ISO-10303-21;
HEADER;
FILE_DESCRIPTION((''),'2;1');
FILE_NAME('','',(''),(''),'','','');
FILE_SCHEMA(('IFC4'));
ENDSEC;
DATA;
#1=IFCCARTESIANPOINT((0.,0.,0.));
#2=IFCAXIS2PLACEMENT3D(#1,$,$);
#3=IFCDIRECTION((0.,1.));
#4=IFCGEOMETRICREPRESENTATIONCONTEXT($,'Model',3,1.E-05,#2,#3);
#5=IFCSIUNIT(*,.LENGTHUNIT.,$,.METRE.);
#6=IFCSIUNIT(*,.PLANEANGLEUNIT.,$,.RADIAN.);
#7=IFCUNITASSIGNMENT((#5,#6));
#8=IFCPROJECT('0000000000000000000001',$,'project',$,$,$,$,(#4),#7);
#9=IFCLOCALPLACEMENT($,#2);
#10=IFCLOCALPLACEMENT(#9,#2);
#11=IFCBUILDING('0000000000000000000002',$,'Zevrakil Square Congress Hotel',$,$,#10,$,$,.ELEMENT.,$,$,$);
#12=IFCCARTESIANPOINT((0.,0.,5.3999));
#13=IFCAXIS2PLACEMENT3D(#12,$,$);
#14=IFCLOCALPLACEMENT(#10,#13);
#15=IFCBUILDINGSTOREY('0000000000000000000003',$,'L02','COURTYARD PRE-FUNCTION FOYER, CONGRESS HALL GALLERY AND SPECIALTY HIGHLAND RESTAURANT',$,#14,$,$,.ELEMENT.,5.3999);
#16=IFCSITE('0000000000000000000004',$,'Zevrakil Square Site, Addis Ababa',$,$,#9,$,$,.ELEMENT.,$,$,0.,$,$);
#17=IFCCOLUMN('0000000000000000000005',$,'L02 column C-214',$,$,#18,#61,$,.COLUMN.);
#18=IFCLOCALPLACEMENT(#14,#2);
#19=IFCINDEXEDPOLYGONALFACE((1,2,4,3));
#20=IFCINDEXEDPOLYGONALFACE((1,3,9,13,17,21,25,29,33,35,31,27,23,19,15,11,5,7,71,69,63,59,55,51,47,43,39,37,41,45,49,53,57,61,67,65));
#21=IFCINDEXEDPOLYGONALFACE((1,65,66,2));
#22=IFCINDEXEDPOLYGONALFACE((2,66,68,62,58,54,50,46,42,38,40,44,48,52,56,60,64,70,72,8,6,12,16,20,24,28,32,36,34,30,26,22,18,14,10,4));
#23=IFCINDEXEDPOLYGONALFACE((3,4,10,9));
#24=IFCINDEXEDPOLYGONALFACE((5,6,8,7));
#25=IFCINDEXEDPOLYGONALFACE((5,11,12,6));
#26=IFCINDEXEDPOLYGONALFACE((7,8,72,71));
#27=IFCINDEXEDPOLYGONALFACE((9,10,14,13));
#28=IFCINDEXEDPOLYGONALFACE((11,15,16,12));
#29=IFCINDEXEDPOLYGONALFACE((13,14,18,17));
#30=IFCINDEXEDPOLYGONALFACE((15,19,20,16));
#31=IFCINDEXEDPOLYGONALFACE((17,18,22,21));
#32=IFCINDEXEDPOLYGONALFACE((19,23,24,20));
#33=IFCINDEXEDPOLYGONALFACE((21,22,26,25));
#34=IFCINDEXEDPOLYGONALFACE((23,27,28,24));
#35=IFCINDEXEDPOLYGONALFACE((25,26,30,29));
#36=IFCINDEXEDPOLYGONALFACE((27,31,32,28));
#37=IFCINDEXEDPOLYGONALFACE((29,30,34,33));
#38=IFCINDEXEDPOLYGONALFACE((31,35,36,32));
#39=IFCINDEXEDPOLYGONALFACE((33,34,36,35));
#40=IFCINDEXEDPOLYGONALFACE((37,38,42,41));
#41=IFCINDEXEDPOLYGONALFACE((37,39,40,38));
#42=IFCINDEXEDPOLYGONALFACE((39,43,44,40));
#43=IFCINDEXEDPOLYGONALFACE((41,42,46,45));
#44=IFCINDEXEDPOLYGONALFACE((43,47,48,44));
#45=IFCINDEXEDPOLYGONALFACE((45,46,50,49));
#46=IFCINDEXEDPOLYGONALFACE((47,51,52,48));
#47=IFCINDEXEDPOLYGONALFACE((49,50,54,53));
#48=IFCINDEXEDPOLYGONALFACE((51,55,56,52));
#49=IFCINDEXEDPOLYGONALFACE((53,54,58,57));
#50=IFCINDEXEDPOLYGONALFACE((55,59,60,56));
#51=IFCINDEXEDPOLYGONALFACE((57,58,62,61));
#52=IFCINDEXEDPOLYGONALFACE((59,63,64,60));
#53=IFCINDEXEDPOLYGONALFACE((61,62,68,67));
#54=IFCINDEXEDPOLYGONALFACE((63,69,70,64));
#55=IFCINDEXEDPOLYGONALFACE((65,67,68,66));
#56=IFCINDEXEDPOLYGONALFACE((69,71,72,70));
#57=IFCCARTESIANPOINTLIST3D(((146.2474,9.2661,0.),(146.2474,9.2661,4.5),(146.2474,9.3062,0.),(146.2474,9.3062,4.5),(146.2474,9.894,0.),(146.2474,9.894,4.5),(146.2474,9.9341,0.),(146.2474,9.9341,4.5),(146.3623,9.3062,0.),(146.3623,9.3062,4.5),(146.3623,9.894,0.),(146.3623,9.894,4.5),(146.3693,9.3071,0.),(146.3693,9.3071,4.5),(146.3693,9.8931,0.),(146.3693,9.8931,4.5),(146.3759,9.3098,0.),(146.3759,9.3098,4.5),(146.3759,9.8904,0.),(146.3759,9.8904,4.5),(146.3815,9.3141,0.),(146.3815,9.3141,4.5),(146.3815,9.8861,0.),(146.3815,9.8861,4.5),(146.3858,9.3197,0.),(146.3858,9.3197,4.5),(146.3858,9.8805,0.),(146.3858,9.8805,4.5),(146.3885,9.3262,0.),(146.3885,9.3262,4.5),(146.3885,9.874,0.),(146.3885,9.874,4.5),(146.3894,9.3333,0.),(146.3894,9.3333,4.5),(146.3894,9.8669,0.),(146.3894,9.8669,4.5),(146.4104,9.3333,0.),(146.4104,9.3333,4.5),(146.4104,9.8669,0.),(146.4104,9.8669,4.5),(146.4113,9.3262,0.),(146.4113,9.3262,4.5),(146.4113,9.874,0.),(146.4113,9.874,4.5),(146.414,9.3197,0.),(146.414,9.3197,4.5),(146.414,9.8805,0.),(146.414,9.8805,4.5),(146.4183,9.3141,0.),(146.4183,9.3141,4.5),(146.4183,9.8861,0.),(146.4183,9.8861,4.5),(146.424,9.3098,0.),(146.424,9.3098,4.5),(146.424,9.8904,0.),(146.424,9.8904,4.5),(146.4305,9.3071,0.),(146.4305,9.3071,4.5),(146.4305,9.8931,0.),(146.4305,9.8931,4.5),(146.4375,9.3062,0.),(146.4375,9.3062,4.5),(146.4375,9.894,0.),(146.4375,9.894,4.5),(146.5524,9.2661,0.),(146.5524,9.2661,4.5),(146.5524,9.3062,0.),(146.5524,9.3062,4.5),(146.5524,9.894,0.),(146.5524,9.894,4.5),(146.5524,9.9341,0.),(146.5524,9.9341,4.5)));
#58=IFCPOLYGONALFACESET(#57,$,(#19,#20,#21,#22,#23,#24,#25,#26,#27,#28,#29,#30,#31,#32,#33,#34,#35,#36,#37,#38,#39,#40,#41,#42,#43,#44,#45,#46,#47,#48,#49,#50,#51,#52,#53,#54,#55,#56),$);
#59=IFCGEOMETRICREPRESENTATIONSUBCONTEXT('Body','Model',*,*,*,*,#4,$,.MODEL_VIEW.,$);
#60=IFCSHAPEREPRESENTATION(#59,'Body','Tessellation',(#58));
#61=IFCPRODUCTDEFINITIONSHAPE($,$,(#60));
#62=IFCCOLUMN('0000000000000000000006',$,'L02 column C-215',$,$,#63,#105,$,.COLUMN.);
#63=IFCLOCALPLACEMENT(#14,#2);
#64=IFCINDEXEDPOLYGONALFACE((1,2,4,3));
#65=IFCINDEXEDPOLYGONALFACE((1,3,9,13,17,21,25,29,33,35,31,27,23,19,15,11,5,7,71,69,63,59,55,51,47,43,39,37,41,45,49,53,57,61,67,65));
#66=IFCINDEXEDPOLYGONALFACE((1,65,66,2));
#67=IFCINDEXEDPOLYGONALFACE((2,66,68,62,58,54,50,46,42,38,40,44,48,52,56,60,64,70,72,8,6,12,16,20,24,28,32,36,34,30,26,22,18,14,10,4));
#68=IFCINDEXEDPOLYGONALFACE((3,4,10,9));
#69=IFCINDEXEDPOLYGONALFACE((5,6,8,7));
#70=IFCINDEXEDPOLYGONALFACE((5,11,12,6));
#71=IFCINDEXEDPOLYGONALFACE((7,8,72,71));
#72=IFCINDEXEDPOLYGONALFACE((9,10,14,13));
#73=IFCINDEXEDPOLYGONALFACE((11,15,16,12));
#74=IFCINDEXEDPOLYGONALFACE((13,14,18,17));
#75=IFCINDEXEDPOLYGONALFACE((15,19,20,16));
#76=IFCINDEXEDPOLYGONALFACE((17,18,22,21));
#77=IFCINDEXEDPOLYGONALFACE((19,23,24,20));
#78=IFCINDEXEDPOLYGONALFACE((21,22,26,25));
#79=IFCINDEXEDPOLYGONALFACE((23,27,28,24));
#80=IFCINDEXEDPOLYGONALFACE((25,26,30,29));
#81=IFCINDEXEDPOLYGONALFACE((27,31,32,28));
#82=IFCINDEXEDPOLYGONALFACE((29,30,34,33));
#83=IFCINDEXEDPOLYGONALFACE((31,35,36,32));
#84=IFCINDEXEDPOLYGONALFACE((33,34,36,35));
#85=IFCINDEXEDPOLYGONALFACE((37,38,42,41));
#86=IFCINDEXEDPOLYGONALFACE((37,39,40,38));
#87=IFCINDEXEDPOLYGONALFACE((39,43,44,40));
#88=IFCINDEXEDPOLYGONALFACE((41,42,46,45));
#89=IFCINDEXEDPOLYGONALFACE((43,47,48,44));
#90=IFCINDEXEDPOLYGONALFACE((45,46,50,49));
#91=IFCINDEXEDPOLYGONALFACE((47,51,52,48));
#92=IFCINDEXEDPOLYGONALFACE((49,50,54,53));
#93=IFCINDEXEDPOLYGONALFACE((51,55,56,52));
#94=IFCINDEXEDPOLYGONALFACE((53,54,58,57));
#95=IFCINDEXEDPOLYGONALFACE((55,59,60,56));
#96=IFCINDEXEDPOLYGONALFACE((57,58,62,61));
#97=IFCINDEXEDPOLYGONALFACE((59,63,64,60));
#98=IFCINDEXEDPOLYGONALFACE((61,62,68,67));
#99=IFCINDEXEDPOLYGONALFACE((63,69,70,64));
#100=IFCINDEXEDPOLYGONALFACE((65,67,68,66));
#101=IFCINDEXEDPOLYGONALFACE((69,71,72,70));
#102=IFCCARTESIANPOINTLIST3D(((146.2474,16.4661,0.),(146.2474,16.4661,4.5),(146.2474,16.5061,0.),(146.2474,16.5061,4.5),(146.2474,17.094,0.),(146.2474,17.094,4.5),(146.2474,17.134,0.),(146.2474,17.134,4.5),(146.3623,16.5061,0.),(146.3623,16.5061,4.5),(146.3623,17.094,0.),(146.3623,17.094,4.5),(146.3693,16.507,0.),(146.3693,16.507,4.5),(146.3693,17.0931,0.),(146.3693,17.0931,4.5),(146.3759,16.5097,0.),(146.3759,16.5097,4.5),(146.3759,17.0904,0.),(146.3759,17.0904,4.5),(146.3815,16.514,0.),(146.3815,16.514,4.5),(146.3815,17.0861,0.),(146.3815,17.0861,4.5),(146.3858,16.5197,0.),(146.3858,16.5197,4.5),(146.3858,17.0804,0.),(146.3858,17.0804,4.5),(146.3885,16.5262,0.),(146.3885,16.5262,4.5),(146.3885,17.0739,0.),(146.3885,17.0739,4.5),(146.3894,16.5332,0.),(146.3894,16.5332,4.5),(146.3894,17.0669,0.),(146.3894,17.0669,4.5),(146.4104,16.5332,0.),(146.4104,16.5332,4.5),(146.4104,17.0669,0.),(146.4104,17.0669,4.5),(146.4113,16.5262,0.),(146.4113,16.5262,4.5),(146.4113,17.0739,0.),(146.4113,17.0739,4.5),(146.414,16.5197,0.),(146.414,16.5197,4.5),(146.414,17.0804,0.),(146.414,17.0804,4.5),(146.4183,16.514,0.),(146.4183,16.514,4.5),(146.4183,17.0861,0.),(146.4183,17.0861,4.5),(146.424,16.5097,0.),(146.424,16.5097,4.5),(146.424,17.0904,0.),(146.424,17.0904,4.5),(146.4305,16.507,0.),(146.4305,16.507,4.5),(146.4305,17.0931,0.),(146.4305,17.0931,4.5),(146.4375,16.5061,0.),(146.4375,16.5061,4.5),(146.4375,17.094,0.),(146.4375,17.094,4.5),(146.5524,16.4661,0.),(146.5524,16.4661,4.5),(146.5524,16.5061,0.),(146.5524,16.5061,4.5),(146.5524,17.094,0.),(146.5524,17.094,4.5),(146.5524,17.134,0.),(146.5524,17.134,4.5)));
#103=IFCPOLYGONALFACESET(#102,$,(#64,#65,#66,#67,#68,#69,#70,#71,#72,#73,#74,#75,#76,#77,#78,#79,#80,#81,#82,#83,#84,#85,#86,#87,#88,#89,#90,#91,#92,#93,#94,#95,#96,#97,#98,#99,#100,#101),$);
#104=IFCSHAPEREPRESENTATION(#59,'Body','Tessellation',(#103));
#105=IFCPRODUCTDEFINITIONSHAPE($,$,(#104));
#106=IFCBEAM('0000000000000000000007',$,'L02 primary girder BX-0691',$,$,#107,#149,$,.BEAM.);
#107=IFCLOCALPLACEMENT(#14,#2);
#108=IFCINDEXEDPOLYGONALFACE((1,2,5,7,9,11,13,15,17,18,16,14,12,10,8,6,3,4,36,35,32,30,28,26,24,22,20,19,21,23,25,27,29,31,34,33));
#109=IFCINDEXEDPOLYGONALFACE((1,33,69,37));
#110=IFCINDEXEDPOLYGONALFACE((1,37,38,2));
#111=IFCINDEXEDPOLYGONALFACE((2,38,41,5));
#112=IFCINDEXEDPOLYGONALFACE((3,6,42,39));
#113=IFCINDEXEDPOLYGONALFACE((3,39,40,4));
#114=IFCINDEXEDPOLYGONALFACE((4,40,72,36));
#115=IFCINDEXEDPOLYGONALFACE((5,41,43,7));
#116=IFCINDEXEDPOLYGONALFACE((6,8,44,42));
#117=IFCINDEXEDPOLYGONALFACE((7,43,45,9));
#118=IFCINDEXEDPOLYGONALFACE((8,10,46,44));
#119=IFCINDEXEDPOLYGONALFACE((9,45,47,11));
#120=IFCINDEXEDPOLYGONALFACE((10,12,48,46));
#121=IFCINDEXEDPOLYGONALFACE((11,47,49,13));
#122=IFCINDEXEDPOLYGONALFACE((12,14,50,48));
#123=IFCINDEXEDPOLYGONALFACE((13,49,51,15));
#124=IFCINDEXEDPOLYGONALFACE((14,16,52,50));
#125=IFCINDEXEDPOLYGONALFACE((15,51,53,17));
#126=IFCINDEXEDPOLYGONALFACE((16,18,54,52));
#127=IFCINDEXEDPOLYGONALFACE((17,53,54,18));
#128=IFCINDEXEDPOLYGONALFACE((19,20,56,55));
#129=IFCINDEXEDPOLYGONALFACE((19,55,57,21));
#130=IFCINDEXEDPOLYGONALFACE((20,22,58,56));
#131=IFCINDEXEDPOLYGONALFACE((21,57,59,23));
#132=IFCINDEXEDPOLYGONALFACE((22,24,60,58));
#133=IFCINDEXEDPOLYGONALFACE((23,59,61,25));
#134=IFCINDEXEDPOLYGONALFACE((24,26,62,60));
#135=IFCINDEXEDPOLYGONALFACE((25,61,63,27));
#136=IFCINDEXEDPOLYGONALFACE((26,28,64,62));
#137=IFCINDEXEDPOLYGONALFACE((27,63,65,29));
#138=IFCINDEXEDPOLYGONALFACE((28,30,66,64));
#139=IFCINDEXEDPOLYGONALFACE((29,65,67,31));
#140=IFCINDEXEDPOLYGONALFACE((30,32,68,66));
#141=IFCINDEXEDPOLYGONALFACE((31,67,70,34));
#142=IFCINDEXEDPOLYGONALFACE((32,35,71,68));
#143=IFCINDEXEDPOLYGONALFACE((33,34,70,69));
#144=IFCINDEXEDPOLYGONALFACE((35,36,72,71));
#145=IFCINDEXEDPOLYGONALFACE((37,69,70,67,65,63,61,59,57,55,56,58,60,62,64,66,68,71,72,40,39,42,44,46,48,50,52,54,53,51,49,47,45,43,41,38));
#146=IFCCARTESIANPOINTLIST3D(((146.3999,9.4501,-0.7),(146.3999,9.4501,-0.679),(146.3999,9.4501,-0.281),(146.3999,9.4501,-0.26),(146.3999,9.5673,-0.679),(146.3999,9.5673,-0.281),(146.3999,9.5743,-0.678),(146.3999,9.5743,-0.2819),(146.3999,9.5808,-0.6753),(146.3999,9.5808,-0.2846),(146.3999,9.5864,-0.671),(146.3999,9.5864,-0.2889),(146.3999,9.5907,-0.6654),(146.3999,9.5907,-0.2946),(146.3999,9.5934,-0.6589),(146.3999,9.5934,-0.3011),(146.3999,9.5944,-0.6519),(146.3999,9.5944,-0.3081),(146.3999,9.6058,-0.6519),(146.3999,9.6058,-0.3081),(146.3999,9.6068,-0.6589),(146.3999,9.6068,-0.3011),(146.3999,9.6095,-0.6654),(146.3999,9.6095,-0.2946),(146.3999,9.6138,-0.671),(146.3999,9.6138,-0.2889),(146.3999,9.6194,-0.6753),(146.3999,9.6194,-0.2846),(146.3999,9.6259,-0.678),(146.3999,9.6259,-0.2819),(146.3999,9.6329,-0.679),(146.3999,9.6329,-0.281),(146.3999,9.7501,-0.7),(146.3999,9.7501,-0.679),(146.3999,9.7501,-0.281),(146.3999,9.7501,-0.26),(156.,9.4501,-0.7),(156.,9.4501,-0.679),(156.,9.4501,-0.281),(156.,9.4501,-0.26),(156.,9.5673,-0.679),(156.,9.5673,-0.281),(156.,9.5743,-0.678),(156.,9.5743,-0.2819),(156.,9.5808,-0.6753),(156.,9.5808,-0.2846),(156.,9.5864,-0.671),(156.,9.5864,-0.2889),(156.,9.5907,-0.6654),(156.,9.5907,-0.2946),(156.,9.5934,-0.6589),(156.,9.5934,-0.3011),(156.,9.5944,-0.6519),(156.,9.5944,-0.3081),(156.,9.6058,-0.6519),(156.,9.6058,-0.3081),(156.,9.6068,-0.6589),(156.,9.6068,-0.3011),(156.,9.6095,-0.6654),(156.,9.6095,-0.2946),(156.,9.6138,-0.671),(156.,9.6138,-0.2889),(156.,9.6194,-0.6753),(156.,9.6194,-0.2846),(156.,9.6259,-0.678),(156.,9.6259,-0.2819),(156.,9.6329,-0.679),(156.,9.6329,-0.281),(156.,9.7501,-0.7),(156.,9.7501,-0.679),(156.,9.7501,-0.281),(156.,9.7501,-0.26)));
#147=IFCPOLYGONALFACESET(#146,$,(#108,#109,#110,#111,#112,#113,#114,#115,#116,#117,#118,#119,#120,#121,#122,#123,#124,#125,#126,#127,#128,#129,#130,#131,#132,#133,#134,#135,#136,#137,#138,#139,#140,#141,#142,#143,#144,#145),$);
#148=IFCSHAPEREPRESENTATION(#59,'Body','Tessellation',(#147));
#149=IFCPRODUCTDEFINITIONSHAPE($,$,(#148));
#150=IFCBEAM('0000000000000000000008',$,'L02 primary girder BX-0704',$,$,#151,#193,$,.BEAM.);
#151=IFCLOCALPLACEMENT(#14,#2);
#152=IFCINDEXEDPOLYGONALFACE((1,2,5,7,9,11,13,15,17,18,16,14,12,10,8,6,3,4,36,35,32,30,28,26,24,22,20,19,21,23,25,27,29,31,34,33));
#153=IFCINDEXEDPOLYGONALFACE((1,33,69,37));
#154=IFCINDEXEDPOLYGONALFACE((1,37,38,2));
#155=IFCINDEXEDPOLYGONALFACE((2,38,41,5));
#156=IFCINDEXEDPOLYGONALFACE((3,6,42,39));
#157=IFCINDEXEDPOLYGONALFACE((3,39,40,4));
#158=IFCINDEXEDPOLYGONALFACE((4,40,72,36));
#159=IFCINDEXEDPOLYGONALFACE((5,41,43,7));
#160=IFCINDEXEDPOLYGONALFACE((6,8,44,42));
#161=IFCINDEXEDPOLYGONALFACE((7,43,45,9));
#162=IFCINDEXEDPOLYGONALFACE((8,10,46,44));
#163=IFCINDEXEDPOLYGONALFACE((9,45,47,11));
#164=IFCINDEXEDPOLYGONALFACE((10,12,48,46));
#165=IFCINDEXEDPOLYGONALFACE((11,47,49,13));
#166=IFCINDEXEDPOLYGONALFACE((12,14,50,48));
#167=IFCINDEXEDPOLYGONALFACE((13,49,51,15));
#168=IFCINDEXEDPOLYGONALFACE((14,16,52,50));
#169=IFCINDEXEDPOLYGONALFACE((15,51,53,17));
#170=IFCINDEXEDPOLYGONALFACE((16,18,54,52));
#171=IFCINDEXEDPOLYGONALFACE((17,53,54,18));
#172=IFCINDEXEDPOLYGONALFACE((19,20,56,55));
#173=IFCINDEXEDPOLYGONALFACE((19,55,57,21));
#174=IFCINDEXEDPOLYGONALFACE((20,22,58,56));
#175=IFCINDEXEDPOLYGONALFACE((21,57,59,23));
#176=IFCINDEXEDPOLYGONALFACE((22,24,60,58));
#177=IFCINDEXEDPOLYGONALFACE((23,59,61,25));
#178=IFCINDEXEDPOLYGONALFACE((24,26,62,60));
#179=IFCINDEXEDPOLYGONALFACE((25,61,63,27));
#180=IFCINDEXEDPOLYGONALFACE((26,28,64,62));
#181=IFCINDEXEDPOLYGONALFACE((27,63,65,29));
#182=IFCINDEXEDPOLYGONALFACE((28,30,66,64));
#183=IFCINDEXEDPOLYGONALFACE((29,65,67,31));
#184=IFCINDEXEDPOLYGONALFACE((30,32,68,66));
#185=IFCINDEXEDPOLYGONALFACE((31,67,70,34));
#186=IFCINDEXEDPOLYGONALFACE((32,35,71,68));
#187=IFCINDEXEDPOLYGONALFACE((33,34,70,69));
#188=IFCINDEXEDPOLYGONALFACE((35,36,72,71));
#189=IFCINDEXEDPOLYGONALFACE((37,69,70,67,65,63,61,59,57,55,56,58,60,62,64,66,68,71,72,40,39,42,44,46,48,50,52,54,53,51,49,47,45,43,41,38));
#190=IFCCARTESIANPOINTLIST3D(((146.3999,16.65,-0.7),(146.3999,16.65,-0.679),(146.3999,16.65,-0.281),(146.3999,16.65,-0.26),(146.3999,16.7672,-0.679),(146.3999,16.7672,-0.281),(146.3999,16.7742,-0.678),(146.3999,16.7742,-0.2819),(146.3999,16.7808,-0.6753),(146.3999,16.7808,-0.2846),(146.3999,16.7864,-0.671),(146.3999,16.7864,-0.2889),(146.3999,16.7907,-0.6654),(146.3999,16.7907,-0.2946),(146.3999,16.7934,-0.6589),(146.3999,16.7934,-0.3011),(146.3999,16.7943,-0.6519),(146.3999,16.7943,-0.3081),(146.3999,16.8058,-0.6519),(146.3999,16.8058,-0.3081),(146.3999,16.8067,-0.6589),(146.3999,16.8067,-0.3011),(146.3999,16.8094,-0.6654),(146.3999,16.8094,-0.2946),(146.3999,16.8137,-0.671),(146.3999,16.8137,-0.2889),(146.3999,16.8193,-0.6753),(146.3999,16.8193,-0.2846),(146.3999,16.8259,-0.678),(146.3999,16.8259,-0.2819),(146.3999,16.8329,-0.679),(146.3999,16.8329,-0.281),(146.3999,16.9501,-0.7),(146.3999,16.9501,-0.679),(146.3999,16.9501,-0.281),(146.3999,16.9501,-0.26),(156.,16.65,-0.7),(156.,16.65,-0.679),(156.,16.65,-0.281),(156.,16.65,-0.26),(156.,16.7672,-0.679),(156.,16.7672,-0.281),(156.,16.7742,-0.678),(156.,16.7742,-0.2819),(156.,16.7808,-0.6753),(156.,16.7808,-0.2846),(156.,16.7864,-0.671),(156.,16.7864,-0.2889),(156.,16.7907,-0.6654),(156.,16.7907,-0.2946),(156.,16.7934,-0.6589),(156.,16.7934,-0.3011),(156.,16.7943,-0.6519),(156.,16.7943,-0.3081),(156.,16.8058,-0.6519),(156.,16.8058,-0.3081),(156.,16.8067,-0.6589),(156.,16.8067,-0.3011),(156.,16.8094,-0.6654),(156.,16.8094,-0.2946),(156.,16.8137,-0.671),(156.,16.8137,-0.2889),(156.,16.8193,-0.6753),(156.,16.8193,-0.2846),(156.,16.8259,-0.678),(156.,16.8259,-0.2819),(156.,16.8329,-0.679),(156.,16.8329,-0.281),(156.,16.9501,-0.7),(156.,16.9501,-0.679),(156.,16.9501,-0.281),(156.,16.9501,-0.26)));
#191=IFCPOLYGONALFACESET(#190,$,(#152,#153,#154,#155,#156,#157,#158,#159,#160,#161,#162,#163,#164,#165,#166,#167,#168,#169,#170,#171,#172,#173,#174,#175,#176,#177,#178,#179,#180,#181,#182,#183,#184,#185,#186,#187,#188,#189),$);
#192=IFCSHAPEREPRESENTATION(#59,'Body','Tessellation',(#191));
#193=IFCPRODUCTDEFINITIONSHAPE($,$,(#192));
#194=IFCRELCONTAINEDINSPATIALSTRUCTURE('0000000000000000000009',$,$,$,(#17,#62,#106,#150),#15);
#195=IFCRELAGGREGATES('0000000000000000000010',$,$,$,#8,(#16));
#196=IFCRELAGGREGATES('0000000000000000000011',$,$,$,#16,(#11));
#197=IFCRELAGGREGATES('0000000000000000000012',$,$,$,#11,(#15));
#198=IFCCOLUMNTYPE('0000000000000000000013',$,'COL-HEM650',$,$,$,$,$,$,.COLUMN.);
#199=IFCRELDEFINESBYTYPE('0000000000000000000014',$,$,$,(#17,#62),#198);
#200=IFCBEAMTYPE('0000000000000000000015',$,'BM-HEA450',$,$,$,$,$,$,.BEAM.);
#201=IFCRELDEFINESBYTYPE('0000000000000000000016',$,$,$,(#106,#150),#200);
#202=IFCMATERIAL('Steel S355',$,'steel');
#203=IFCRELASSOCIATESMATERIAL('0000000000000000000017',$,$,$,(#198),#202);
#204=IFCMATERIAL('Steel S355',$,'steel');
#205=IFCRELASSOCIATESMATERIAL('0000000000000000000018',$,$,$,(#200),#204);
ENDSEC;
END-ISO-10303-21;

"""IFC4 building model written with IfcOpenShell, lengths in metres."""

from ifc_helpers import new_model, si_unit, direction, frame, origin, origin_2d, place, context, subcontext, project, spatial, i_section, extrude, material, material_profile, profile_set, type_object, element, save


model = new_model("IFC4")

# Units and contexts
model_context = context("Model", 3, precision=1e-05, world=origin(), true_north=direction((0.0, 1.0)))
body_context = subcontext(model_context, "Body", "Model", "MODEL_VIEW")
ifc_project = project(units=[si_unit("LENGTHUNIT", "METRE"), si_unit("PLANEANGLEUNIT", "RADIAN")], contexts=[model_context])

# Site, building, storey
site_placement = place(None, origin())
site = spatial("IfcSite", under=ifc_project, at=site_placement, Name="Zevrakil Square Site, Addis Ababa", CompositionType="ELEMENT", RefElevation=0.0)
building_placement = place(site_placement, origin())
building = spatial("IfcBuilding", under=site, at=building_placement, Name="Zevrakil Square Congress Hotel", CompositionType="ELEMENT")
storey_placement = place(building_placement, frame((0.0, 0.0, 5.3999)))
storey = spatial("IfcBuildingStorey", under=building, at=storey_placement, Name="L02", Description="COURTYARD PRE-FUNCTION FOYER, CONGRESS HALL GALLERY AND SPECIALTY HIGHLAND RESTAURANT", CompositionType="ELEMENT", Elevation=5.3999)

# Columns
ifc_material_1 = material(Name="Steel S355", Category="steel")
ifc_material_profile_1 = material_profile(ifc_material_1, i_section(OverallWidth=0.3049, OverallDepth=0.668, WebThickness=0.021, FlangeThickness=0.04, FilletRadius=0.0271, at=origin_2d()), Name="HEM 650")
ifc_profile_set_1 = profile_set([ifc_material_profile_1], Name="Steel S355")
column_type = type_object("IfcColumnType", Name="COL-HEM650", PredefinedType="COLUMN", material=ifc_profile_set_1)
for number, where, z_axis, x_axis, name in (
    (1, (146.3999, 9.6001, 0.0), (0.0, 0.0, 1.0), (1.0, 0.0, 0.0), "L02 column C-214"),
    (2, (146.3999, 16.8, 0.0), (0.0, 0.0, 1.0), (1.0, 0.0, 0.0), "L02 column C-215"),
):
    element("IfcColumn", number, at=place(storey_placement, frame(where, z_axis=z_axis, x_axis=x_axis)), inside=storey, type_object=column_type, Name=name, PredefinedType="COLUMN", context=body_context, shape_type="SweptSolid", body=[
        extrude(i_section(OverallWidth=0.3049, OverallDepth=0.668, WebThickness=0.021, FlangeThickness=0.04, FilletRadius=0.0271, at=origin_2d()), origin(), (0.0, 0.0, 1.0), 4.5),
    ])

# Beams
ifc_material_2 = material(Name="Steel S355", Category="steel")
ifc_material_profile_2 = material_profile(ifc_material_2, i_section(OverallWidth=0.3, OverallDepth=0.4399, WebThickness=0.0115, FlangeThickness=0.021, FilletRadius=0.0271, at=origin_2d()), Name="HEA 450")
ifc_profile_set_2 = profile_set([ifc_material_profile_2], Name="Steel S355")
beam_type_1 = type_object("IfcBeamType", Name="BM-HEA450", PredefinedType="BEAM", material=ifc_profile_set_2)
for number, where, z_axis, x_axis, name in (
    (3, (146.3999, 9.6001, -0.48), (1.0, 0.0, 0.0), (0.0, 1.0, 0.0), "L02 primary girder BX-0691"),
    (4, (146.3999, 16.8, -0.48), (1.0, 0.0, 0.0), (0.0, 1.0, 0.0), "L02 primary girder BX-0704"),
):
    element("IfcBeam", number, at=place(storey_placement, frame(where, z_axis=z_axis, x_axis=x_axis)), inside=storey, type_object=beam_type_1, Name=name, PredefinedType="BEAM", context=body_context, shape_type="SweptSolid", body=[
        extrude(i_section(OverallWidth=0.3, OverallDepth=0.4399, WebThickness=0.0115, FlangeThickness=0.021, FilletRadius=0.0271, at=origin_2d()), origin(), (0.0, 0.0, 1.0), 9.6001),
    ])

save(model, "model.ifc")
